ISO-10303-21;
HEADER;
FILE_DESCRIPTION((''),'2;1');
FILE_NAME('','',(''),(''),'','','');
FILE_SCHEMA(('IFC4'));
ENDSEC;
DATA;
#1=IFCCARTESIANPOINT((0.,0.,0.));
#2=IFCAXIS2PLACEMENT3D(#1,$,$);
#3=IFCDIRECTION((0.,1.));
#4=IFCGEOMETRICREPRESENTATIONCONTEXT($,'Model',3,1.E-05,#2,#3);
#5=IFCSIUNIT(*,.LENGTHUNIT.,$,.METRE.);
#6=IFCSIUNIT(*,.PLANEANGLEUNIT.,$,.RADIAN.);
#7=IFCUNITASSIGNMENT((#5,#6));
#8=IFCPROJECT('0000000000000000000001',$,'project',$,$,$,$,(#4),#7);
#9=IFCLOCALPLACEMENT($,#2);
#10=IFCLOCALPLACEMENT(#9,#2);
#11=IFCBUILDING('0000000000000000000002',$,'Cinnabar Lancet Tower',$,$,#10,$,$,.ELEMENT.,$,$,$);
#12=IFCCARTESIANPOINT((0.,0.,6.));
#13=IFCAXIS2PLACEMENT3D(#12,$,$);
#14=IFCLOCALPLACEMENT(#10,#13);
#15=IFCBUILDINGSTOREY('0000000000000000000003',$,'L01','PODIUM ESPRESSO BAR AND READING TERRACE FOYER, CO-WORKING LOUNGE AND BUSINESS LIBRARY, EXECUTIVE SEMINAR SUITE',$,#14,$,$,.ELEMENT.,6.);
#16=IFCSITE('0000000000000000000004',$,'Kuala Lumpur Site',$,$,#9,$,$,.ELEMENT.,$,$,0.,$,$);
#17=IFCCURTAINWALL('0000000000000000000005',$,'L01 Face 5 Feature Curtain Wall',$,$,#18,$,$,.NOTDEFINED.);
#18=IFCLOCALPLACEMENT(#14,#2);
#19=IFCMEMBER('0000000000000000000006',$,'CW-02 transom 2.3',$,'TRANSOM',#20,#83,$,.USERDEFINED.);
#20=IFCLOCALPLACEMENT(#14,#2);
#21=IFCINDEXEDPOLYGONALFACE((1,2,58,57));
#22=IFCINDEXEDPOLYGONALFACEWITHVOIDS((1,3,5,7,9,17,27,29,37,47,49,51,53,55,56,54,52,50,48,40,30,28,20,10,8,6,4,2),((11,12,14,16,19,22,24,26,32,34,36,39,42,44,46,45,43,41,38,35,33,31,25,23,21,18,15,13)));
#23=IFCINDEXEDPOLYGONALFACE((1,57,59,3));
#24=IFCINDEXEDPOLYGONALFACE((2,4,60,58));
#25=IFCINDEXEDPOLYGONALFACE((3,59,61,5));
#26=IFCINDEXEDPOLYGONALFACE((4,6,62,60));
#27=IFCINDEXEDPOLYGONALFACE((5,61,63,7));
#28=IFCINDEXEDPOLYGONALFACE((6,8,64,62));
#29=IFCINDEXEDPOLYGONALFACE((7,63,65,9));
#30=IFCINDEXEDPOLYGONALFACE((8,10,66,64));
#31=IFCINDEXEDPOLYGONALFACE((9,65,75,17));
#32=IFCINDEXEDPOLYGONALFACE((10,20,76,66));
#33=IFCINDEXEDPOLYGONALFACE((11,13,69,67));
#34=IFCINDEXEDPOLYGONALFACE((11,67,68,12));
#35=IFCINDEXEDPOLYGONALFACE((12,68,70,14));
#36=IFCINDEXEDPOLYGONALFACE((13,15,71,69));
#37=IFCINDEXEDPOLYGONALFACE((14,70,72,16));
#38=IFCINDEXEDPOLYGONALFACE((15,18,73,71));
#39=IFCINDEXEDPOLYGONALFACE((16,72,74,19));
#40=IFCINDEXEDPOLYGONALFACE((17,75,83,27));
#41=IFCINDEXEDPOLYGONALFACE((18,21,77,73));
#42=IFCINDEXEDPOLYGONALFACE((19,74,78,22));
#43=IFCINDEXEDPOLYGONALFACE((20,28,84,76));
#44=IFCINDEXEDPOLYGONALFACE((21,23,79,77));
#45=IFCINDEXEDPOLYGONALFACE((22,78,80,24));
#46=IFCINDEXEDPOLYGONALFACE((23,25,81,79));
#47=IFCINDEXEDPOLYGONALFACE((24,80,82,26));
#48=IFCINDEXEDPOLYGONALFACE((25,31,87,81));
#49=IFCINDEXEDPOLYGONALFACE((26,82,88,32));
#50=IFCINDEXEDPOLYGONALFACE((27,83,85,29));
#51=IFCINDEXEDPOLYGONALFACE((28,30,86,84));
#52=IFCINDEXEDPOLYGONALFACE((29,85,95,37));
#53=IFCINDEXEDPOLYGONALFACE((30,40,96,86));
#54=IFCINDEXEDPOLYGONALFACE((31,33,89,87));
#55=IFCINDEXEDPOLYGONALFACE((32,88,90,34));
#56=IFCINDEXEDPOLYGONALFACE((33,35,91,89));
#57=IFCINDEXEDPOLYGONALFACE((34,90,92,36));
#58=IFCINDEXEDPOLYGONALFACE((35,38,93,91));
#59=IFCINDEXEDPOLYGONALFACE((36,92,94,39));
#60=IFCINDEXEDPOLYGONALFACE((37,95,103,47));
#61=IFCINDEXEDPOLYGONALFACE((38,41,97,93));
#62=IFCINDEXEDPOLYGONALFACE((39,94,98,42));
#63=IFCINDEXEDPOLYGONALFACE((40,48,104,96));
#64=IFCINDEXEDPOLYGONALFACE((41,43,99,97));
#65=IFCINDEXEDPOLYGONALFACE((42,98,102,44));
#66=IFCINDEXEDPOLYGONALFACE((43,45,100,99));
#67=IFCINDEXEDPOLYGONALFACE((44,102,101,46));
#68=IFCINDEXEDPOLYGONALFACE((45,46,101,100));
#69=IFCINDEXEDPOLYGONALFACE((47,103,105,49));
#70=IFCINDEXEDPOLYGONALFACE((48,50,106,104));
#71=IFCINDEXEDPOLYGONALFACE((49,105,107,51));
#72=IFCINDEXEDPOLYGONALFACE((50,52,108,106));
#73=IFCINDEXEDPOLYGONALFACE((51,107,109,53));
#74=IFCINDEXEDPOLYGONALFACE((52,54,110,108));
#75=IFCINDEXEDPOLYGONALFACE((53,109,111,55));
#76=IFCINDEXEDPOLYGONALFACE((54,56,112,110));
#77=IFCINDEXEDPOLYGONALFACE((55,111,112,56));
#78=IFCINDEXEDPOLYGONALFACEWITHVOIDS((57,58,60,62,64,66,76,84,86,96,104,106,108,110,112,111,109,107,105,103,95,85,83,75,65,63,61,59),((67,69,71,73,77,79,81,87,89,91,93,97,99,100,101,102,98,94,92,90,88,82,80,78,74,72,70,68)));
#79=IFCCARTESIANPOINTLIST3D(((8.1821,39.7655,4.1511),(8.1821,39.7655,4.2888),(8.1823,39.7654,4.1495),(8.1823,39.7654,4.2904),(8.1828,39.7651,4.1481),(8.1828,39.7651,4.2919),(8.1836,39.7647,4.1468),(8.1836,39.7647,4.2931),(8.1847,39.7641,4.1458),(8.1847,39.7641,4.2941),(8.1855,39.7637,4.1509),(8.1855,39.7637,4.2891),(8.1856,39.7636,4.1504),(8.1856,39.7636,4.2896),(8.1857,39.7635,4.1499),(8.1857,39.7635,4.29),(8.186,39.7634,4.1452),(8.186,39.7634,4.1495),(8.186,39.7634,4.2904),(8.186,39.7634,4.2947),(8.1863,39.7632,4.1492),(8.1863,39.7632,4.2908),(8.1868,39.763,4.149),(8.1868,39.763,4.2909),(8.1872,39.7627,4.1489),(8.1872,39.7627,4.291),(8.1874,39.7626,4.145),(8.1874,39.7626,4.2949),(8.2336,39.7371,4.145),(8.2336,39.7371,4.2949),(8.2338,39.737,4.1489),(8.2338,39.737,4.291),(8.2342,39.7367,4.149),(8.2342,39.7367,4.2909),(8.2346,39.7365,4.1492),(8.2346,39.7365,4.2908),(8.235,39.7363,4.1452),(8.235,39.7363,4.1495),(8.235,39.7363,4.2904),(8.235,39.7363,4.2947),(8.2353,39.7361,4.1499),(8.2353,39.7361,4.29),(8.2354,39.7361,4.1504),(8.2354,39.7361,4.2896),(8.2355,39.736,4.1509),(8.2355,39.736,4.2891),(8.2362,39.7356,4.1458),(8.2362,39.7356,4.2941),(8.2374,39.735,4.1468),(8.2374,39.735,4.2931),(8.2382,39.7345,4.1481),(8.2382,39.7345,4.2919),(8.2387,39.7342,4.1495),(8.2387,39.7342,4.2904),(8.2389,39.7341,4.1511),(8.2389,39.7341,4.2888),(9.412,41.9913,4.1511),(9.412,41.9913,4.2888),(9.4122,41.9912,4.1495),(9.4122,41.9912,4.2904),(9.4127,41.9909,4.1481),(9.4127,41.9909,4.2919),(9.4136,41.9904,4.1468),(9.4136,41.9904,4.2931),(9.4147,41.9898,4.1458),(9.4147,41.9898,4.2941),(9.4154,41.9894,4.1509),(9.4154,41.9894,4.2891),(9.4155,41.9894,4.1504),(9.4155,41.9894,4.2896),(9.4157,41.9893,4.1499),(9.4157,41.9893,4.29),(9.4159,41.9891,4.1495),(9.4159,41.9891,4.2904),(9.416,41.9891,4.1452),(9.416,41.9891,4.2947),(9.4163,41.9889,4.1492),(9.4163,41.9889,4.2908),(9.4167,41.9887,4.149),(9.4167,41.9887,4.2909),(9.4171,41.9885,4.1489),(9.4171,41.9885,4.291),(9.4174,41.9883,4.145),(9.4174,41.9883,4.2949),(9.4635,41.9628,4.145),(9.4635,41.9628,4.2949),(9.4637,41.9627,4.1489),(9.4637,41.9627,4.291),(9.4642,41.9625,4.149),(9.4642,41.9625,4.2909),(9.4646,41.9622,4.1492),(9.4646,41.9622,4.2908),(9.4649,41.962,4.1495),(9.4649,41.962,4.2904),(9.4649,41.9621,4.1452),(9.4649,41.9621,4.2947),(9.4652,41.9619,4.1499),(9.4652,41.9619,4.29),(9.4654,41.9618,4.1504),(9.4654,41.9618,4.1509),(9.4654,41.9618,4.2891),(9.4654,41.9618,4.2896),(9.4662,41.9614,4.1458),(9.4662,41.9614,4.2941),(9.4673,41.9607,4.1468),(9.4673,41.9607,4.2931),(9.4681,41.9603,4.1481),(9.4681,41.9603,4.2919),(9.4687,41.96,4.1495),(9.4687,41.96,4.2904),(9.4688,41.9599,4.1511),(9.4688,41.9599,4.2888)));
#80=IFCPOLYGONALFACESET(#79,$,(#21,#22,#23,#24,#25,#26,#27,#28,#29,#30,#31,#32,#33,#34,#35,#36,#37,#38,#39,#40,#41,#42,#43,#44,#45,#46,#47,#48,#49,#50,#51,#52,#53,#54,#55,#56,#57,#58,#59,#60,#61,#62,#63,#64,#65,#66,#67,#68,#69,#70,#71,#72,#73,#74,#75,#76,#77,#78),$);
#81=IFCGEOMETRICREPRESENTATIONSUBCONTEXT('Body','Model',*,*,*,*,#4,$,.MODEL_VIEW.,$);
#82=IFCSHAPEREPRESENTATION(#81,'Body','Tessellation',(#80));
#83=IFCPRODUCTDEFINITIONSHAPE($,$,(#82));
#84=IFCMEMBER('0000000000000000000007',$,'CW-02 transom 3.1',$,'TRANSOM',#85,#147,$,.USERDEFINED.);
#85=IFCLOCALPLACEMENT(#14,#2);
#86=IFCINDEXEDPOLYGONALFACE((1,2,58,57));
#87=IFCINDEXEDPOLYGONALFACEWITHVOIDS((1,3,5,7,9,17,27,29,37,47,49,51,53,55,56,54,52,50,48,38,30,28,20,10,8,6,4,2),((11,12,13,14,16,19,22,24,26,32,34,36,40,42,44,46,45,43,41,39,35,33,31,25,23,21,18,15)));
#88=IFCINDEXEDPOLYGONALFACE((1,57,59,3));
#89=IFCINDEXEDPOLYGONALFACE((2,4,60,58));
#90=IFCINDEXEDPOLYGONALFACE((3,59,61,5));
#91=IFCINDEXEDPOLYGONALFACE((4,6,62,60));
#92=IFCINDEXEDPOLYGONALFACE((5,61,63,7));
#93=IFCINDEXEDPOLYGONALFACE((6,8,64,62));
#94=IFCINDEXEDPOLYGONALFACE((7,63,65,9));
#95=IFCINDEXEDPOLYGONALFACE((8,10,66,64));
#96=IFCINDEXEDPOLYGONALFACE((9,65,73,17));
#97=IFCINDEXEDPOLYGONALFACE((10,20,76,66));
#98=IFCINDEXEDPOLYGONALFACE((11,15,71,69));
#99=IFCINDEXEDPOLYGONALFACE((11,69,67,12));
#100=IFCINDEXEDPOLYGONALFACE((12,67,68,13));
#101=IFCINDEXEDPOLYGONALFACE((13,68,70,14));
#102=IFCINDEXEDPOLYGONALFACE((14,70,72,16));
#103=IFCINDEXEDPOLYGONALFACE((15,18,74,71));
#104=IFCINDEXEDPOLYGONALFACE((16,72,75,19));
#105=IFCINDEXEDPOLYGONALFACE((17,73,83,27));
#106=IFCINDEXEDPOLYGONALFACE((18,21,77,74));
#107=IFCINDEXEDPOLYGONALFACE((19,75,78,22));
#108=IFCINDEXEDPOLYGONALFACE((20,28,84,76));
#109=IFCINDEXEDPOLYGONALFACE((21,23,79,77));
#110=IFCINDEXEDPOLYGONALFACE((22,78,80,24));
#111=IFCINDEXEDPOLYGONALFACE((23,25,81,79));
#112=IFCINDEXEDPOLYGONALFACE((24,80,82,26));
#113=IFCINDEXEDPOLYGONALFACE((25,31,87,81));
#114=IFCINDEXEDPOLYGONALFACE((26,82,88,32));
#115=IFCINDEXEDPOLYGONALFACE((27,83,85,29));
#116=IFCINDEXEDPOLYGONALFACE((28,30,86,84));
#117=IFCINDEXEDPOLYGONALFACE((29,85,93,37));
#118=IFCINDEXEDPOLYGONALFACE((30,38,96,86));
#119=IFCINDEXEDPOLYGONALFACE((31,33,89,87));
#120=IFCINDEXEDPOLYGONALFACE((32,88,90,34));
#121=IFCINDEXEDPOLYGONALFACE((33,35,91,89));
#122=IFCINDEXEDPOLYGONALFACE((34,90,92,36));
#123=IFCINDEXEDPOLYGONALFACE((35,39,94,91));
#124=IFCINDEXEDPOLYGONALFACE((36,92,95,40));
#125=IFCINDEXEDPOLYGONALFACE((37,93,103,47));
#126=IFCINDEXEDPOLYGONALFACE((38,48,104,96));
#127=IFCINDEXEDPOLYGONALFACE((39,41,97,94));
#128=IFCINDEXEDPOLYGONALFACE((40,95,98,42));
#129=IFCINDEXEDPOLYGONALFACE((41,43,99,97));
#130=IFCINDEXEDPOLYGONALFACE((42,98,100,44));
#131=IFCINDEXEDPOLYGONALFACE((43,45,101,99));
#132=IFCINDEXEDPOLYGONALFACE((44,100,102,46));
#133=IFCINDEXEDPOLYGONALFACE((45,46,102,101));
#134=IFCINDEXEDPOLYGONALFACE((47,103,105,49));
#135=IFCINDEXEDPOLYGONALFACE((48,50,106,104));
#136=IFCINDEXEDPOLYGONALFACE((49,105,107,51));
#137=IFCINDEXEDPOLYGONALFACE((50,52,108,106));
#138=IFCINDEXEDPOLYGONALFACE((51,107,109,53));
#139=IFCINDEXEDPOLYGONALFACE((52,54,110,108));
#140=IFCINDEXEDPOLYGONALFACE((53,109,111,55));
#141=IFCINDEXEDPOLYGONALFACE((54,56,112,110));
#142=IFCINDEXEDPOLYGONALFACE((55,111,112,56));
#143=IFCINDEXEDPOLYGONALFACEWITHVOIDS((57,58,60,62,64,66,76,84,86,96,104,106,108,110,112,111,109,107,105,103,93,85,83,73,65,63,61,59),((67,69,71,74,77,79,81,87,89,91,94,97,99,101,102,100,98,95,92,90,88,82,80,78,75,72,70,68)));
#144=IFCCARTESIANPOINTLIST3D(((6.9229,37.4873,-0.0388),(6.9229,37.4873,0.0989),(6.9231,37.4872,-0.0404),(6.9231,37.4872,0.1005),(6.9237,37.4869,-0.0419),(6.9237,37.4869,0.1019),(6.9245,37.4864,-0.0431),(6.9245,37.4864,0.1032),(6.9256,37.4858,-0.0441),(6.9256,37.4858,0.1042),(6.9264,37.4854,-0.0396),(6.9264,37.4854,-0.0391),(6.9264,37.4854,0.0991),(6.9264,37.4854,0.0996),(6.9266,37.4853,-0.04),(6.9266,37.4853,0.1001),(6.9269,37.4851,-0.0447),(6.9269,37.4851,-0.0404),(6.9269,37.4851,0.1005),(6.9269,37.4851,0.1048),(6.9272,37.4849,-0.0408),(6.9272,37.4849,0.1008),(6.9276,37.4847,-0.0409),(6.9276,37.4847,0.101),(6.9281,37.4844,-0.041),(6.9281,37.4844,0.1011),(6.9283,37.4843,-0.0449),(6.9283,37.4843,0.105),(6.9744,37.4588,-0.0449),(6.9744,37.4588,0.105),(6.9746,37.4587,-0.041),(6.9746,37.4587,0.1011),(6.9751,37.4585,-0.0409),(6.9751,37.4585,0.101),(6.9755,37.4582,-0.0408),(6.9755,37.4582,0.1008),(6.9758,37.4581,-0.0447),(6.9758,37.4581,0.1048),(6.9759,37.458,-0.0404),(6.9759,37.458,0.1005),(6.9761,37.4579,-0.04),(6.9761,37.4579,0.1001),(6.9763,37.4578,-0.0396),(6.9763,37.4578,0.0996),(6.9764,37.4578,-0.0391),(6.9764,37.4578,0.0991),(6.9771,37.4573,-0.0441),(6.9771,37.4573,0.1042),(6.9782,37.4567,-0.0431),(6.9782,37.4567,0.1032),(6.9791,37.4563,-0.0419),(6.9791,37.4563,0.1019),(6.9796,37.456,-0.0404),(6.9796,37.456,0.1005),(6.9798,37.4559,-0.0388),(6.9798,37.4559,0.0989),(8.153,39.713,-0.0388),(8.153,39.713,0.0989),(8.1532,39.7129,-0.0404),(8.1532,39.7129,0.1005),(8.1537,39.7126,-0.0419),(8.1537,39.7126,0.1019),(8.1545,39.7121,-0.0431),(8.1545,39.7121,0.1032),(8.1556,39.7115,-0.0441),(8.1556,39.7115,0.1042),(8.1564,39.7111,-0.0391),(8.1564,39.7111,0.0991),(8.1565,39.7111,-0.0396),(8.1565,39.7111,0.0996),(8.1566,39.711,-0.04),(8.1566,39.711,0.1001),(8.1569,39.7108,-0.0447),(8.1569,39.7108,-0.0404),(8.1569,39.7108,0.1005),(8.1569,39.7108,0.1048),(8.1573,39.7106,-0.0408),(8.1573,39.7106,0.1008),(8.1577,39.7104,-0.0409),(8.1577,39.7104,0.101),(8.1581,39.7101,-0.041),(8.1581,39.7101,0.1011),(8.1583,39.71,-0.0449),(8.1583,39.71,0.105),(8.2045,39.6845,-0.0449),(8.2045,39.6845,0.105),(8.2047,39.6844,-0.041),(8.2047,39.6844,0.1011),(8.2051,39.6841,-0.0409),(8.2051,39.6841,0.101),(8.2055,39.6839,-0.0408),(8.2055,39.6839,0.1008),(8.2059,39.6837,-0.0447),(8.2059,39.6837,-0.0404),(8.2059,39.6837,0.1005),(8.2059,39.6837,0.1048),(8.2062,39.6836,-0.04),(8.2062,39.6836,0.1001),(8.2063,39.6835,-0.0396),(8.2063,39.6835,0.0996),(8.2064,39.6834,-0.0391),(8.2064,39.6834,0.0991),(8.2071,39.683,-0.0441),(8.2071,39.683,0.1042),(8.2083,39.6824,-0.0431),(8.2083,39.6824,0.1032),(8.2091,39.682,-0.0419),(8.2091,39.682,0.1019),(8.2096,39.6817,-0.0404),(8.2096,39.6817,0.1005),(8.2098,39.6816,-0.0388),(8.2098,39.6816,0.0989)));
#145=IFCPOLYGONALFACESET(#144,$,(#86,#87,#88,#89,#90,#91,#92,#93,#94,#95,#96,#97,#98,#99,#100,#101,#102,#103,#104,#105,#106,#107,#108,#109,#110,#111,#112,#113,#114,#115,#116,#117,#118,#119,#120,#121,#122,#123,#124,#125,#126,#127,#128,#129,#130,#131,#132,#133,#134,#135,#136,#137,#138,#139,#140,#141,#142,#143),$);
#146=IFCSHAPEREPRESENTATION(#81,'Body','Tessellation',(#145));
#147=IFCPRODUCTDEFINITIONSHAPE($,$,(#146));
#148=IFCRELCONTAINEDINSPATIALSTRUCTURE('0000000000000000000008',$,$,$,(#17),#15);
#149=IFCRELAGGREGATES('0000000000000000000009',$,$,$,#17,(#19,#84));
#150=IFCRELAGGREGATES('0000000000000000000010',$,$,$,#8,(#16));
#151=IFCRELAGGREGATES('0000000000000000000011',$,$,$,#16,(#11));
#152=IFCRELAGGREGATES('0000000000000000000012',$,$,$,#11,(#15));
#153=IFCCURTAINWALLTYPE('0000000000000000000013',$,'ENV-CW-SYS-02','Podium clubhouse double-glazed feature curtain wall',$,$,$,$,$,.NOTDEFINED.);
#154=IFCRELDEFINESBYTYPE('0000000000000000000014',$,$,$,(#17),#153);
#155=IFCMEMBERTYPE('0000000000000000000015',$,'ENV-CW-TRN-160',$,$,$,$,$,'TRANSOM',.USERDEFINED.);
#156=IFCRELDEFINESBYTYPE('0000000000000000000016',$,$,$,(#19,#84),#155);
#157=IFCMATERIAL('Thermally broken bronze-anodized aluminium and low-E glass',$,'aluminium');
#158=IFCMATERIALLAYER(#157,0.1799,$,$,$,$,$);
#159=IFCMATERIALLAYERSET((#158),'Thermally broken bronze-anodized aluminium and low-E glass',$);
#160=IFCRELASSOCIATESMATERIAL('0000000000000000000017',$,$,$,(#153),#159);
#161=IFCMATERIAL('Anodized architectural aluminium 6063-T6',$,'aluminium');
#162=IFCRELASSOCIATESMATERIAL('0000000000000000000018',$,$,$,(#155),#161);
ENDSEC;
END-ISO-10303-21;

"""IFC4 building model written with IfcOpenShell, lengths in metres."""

from ifc_helpers import new_model, si_unit, direction, frame, origin, origin_2d, place, context, subcontext, project, spatial, hollow_rectangle, extrude, material, layer, layer_set, material_profile, profile_set, type_object, element, aggregate, save


model = new_model("IFC4")

# Units and contexts
model_context = context("Model", 3, precision=1e-05, world=origin(), true_north=direction((0.0, 1.0)))
body_context = subcontext(model_context, "Body", "Model", "MODEL_VIEW")
ifc_project = project(units=[si_unit("LENGTHUNIT", "METRE"), si_unit("PLANEANGLEUNIT", "RADIAN")], contexts=[model_context])

# Site, building, storey
site_placement = place(None, origin())
site = spatial("IfcSite", under=ifc_project, at=site_placement, Name="Kuala Lumpur Site", CompositionType="ELEMENT", RefElevation=0.0)
building_placement = place(site_placement, origin())
building = spatial("IfcBuilding", under=site, at=building_placement, Name="Cinnabar Lancet Tower", CompositionType="ELEMENT")
storey_placement = place(building_placement, frame((0.0, 0.0, 6.0)))
storey = spatial("IfcBuildingStorey", under=building, at=storey_placement, Name="L01", Description="PODIUM ESPRESSO BAR AND READING TERRACE FOYER, CO-WORKING LOUNGE AND BUSINESS LIBRARY, EXECUTIVE SEMINAR SUITE", CompositionType="ELEMENT", Elevation=6.0)

# Curtain wall, members
ifc_material_1 = material(Name="Thermally broken bronze-anodized aluminium and low-E glass", Category="aluminium")
ifc_layer_1 = layer(ifc_material_1, 0.1799)
ifc_layer_set_1 = layer_set([ifc_layer_1], Name="Thermally broken bronze-anodized aluminium and low-E glass")
curtain_wall_type = type_object("IfcCurtainWallType", Name="ENV-CW-SYS-02", Description="Podium clubhouse double-glazed feature curtain wall", PredefinedType="NOTDEFINED", material=ifc_layer_set_1)
curtain_wall_placement = place(storey_placement, origin())
curtain_wall = element("IfcCurtainWall", 1, at=curtain_wall_placement, inside=storey, type_object=curtain_wall_type, Name="L01 Face 5 Feature Curtain Wall", PredefinedType="NOTDEFINED")
ifc_material_2 = material(Name="Anodized architectural aluminium 6063-T6", Category="aluminium")
ifc_material_profile_1 = material_profile(ifc_material_2, hollow_rectangle(XDim=0.0649, YDim=0.1499, WallThickness=0.0039, InnerFilletRadius=0.002, OuterFilletRadius=0.0061, at=origin_2d()), Name="CW-TRN 150x65x4")
ifc_profile_set_1 = profile_set([ifc_material_profile_1], Name="Anodized architectural aluminium 6063-T6")
member_type_1 = type_object("IfcMemberType", Name="ENV-CW-TRN-160", ElementType="TRANSOM", PredefinedType="USERDEFINED", material=ifc_profile_set_1)
member_1_placement = place(storey_placement, frame((9.4404, 41.9756, 4.22), z_axis=(-0.483661, -0.875255, 0.0), x_axis=(0.875255, -0.483661, 0.0)))
member_1 = element("IfcMember", 2, at=member_1_placement, type_object=member_type_1, Name="CW-02 transom 2.3", ObjectType="TRANSOM", PredefinedType="USERDEFINED", context=body_context, shape_type="SweptSolid", body=[
    extrude(hollow_rectangle(XDim=0.0649, YDim=0.1499, WallThickness=0.0039, InnerFilletRadius=0.002, OuterFilletRadius=0.0061, at=origin_2d()), origin(), (0.0, 0.0, 1.0), 2.543),
])
member_2_placement = place(storey_placement, frame((8.1814, 39.6973, 0.03), z_axis=(-0.483702, -0.875233, 0.0), x_axis=(0.875233, -0.483702, 0.0)))
member_2 = element("IfcMember", 3, at=member_2_placement, type_object=member_type_1, Name="CW-02 transom 3.1", ObjectType="TRANSOM", PredefinedType="USERDEFINED", context=body_context, shape_type="SweptSolid", body=[
    extrude(hollow_rectangle(XDim=0.0649, YDim=0.1499, WallThickness=0.0039, InnerFilletRadius=0.002, OuterFilletRadius=0.0061, at=origin_2d()), origin(), (0.0, 0.0, 1.0), 2.543),
])

aggregate(curtain_wall, [member_1, member_2])

save(model, "model.ifc")
